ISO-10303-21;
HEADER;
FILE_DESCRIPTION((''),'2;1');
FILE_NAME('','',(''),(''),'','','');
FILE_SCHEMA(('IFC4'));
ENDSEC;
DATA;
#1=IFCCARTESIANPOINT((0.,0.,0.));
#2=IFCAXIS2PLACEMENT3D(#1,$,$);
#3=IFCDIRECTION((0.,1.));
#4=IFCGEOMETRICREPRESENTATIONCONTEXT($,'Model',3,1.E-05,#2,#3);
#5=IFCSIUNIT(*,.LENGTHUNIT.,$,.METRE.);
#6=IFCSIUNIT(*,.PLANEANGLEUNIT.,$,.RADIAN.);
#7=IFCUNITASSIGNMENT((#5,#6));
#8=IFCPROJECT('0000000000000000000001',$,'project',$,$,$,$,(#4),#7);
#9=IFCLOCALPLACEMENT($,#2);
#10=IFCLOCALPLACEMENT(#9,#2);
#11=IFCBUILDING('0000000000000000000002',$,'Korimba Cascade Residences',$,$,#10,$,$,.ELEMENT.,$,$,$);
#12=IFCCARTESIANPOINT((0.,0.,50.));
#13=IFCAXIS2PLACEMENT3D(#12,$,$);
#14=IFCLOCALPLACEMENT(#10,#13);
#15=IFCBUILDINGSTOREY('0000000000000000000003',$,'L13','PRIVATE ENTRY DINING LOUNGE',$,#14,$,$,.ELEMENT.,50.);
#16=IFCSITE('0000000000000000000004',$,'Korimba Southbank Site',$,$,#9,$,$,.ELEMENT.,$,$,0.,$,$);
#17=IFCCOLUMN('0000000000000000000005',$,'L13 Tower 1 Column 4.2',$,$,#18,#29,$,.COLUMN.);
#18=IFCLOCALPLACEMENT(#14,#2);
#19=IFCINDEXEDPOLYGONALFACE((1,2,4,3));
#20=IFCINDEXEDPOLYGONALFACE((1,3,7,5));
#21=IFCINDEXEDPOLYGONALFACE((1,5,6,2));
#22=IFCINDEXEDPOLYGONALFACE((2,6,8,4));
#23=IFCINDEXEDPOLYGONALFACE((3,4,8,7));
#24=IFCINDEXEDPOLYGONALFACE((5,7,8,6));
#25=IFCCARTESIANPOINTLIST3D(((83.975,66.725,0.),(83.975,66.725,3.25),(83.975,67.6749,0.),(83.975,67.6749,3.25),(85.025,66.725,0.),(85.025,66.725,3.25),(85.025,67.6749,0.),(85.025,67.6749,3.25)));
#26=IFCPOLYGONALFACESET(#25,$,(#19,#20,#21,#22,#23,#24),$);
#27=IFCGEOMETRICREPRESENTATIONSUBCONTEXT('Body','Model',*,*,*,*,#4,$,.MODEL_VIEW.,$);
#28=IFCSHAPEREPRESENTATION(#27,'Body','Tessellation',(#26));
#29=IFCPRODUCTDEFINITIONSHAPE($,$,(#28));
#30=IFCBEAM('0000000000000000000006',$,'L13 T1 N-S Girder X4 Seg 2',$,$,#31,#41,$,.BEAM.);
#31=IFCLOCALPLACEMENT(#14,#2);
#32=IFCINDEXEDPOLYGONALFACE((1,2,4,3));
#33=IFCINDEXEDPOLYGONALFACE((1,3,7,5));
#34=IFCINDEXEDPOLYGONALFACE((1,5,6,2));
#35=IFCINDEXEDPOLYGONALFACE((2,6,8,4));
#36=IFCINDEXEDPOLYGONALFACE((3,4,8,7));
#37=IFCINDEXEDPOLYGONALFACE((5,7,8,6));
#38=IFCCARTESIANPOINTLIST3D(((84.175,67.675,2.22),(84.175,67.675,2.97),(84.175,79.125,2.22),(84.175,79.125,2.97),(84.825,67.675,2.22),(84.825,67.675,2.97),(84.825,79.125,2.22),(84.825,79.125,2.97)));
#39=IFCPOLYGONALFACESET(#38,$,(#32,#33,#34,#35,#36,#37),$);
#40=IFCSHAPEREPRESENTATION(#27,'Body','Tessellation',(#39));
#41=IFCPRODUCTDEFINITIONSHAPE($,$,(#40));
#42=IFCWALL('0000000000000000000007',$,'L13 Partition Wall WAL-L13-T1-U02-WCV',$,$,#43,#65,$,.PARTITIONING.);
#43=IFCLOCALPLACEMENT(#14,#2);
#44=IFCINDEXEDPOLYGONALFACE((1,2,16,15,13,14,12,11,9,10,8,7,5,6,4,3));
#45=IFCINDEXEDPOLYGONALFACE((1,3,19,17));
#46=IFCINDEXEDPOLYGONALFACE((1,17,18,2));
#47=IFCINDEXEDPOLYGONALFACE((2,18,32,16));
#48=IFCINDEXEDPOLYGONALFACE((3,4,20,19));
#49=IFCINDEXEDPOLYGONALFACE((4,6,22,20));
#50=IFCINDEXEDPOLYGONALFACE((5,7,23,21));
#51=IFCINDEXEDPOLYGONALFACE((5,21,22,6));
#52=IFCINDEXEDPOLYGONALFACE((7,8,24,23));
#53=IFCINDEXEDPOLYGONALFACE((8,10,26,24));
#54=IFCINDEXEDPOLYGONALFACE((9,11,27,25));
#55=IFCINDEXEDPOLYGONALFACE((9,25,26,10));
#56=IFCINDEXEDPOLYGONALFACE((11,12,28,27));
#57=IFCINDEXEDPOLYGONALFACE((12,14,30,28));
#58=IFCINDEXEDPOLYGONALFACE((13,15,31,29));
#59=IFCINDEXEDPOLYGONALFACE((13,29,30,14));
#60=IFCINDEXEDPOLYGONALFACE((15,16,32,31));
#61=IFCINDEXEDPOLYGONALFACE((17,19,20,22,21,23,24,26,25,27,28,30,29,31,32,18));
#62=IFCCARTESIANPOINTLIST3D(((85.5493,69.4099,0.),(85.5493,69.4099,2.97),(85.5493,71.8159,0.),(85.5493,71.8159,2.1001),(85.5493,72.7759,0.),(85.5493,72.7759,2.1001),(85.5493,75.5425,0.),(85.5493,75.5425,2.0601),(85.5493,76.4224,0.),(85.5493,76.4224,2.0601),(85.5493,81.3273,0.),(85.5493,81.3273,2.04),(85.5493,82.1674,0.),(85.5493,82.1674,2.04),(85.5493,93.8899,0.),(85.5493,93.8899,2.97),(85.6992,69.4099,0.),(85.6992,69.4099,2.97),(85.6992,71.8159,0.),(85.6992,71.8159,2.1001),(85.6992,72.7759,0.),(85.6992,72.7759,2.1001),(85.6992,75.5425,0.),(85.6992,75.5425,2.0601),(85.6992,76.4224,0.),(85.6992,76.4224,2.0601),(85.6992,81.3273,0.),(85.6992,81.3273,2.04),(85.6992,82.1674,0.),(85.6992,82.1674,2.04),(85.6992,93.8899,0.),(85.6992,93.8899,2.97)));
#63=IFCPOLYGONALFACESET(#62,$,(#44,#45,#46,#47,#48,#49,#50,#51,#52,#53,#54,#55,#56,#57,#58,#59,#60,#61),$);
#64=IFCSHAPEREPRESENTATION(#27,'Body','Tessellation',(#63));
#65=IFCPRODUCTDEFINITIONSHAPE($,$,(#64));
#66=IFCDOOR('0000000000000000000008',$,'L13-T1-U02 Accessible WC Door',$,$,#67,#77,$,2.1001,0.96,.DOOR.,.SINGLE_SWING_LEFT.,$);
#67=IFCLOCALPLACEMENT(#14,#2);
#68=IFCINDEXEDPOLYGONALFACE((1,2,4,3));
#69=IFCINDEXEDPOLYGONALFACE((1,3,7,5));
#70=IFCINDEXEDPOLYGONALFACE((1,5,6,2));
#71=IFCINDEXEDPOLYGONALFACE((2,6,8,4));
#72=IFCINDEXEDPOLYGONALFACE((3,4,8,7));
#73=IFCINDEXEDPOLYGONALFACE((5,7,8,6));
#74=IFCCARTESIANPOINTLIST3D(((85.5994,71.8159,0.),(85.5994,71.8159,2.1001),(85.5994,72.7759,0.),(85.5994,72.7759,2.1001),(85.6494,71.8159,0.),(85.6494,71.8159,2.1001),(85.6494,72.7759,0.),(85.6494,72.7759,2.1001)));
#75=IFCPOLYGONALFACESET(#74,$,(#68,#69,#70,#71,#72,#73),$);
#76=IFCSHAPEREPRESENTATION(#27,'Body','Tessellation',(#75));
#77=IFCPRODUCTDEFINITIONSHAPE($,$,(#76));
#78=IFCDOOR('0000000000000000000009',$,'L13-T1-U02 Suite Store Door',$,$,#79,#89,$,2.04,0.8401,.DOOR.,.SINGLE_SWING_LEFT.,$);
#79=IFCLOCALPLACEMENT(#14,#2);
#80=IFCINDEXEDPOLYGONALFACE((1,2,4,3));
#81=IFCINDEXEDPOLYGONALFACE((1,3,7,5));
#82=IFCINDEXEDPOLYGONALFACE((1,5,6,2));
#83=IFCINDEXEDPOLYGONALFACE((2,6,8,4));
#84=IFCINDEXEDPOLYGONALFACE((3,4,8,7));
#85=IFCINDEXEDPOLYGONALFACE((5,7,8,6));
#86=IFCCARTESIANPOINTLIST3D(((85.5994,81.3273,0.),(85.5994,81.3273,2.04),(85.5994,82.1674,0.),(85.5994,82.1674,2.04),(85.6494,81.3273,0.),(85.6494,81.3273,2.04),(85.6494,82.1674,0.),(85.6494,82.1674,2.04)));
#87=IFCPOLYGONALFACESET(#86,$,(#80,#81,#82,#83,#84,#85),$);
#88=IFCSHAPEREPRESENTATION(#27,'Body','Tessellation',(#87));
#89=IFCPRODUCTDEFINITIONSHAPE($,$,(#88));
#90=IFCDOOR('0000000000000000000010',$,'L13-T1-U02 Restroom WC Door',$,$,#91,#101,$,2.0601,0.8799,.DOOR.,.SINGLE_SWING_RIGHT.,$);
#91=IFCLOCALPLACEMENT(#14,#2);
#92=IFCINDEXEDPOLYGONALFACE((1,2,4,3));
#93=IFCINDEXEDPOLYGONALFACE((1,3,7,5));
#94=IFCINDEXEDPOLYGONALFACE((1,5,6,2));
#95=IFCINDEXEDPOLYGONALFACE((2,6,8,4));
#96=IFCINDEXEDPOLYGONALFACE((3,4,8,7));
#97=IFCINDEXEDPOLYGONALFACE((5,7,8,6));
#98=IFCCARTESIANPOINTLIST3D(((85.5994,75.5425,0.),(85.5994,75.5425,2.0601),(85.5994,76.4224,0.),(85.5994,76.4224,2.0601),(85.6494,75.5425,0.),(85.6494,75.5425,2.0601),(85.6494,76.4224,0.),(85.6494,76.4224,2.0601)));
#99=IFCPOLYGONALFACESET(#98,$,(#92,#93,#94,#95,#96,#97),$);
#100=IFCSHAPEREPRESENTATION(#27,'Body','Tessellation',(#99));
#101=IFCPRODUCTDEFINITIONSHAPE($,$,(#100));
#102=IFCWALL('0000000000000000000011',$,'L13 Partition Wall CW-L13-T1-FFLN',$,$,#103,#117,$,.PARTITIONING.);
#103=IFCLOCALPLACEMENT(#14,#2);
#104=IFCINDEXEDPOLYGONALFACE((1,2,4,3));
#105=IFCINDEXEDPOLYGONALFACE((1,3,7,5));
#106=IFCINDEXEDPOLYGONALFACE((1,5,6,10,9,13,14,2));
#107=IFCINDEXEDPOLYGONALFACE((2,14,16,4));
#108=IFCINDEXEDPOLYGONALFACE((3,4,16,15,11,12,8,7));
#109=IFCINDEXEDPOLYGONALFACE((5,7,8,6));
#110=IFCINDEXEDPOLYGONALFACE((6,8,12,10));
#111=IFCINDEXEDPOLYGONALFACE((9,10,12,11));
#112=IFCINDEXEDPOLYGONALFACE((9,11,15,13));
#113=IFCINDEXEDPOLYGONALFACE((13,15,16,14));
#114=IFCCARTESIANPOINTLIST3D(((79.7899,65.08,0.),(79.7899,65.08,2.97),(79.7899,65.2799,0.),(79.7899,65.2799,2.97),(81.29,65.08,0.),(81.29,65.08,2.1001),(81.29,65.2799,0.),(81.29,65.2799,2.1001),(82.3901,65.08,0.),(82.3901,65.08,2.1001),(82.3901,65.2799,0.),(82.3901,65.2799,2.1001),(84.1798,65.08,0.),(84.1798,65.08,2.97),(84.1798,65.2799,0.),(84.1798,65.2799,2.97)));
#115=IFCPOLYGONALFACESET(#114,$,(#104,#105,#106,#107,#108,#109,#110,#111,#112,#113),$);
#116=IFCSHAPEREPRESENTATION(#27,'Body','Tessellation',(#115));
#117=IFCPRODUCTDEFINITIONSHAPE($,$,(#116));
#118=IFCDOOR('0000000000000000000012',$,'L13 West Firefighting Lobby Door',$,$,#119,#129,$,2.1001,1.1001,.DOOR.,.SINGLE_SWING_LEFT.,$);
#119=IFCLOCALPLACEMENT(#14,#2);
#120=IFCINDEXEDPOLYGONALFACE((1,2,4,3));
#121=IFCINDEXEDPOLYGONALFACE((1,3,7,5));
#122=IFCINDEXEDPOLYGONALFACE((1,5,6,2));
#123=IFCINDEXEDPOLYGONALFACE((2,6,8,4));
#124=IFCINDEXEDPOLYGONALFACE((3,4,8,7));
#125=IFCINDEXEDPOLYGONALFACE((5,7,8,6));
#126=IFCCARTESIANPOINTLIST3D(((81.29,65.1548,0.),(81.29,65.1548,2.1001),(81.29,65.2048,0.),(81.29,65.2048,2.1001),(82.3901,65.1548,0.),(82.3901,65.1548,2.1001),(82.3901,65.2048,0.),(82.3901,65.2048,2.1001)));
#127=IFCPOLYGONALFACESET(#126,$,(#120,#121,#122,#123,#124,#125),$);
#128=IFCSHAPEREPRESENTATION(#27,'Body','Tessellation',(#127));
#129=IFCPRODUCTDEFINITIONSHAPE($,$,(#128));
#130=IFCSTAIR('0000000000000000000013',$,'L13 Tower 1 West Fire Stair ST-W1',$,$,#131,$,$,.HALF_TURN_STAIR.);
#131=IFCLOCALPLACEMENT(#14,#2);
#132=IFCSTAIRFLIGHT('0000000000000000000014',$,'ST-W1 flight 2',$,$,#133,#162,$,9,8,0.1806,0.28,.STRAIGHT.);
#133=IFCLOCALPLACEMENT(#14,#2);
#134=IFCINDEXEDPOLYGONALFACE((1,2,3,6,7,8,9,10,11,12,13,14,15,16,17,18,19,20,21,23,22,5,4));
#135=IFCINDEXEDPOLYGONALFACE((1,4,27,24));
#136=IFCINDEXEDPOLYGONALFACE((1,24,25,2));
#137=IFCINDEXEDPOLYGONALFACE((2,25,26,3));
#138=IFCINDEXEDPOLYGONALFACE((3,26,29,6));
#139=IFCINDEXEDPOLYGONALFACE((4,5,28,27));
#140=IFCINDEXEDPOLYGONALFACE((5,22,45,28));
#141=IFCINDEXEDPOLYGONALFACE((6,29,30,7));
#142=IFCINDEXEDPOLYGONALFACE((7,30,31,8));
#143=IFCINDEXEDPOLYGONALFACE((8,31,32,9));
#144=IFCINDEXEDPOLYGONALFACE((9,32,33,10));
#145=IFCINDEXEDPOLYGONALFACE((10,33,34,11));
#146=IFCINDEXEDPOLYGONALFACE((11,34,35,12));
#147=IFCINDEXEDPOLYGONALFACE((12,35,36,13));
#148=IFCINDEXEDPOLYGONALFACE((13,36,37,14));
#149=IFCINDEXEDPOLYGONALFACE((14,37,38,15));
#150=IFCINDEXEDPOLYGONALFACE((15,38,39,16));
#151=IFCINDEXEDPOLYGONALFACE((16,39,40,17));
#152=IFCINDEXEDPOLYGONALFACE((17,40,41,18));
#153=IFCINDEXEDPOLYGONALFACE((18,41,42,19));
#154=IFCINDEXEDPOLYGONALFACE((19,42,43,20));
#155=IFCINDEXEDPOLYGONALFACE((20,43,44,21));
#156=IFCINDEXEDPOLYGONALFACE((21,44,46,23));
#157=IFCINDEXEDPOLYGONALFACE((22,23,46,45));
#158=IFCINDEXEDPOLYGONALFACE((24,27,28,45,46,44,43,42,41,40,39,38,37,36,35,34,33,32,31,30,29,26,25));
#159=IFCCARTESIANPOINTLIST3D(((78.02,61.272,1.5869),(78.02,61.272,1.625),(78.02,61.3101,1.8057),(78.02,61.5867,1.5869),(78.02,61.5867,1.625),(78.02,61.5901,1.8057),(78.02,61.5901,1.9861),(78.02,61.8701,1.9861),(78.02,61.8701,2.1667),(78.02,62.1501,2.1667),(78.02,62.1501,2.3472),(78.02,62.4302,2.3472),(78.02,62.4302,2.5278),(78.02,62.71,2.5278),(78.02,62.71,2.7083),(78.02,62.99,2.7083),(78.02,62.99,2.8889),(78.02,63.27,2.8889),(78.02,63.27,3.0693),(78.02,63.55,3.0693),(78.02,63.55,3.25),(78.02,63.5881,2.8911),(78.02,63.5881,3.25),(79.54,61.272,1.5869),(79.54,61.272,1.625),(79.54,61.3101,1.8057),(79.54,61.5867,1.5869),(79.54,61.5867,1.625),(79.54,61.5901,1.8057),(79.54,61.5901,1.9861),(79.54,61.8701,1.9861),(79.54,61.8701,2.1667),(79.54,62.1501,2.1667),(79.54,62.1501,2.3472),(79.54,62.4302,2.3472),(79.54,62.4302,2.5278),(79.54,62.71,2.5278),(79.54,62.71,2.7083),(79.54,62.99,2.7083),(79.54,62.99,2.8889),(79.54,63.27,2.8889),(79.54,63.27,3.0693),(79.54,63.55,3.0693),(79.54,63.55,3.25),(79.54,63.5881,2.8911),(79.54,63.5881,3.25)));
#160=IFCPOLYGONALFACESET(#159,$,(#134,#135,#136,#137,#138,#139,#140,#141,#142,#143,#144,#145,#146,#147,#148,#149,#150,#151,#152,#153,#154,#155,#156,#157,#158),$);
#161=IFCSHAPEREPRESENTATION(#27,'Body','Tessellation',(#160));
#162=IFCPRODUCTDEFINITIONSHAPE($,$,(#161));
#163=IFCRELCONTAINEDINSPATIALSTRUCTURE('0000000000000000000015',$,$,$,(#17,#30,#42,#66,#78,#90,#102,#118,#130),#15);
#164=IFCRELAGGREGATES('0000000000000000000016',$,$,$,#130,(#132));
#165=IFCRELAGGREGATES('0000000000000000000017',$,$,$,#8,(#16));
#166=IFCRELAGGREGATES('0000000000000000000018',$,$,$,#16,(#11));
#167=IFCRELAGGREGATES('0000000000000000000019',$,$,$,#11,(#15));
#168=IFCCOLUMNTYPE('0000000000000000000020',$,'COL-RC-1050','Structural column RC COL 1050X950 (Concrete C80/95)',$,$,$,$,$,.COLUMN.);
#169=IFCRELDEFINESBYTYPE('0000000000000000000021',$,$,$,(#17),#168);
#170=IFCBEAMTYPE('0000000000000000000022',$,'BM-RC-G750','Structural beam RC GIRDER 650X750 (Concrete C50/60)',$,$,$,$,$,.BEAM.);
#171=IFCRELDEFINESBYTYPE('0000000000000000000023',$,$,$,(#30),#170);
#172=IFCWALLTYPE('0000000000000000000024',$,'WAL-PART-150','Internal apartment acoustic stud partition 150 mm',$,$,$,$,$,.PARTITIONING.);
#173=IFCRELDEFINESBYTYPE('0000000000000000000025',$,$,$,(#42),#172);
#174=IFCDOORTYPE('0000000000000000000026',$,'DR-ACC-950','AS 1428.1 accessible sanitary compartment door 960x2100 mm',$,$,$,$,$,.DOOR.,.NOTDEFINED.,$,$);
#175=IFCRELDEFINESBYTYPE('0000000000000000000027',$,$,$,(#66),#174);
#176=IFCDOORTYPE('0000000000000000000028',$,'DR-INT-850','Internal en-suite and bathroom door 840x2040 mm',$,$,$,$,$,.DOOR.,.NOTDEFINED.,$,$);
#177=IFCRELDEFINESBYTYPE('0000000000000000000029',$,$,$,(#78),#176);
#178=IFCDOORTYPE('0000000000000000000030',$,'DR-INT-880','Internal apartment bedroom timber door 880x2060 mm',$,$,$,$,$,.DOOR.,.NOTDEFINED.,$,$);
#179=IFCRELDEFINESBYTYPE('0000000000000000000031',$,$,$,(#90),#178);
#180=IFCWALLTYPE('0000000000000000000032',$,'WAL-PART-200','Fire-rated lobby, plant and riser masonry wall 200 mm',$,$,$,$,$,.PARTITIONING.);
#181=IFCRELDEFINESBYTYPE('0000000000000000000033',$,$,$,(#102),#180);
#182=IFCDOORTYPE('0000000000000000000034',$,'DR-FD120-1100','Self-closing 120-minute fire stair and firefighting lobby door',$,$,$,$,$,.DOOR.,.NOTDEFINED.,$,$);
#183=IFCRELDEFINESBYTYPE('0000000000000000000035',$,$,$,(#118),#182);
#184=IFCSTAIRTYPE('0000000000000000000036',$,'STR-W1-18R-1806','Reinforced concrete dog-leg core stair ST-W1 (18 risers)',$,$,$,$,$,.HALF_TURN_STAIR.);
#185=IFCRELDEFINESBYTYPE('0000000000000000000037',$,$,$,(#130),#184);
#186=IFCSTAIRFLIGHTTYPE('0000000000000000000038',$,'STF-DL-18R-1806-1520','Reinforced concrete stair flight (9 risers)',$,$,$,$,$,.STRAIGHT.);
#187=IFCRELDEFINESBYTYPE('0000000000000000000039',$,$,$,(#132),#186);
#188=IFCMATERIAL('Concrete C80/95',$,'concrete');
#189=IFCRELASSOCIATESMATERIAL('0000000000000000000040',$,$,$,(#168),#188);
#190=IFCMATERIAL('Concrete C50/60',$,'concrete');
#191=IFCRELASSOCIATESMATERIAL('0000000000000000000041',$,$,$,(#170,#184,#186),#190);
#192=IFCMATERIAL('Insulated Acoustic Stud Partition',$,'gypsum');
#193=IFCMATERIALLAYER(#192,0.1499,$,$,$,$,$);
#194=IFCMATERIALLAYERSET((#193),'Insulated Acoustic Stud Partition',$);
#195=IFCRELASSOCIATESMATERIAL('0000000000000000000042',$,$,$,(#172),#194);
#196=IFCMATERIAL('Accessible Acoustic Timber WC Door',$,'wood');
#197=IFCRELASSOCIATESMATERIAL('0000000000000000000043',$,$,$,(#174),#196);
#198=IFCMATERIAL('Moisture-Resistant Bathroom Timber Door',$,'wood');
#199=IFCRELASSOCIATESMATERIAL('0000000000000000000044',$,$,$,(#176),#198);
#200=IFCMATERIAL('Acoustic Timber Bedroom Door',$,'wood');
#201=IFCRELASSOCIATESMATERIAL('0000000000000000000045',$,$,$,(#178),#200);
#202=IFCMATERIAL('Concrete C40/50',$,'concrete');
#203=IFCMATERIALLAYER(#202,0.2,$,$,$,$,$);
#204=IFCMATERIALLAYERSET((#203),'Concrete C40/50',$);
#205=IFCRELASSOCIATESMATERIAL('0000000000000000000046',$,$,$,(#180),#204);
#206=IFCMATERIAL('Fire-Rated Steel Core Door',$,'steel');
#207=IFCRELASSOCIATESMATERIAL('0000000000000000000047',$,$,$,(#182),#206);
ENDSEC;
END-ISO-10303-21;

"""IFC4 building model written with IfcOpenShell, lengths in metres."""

from ifc_helpers import new_model, si_unit, direction, frame, frame_2d, origin, origin_2d, place, context, subcontext, project, spatial, polyline, rectangle, outline, extrude, material, layer, layer_set, material_profile, profile_set, type_object, element, fill, aggregate, save


model = new_model("IFC4")

# Units and contexts
model_context = context("Model", 3, precision=1e-05, world=origin(), true_north=direction((0.0, 1.0)))
body_context = subcontext(model_context, "Body", "Model", "MODEL_VIEW")
ifc_project = project(units=[si_unit("LENGTHUNIT", "METRE"), si_unit("PLANEANGLEUNIT", "RADIAN")], contexts=[model_context])

# Site, building, storey
site_placement = place(None, origin())
site = spatial("IfcSite", under=ifc_project, at=site_placement, Name="Korimba Southbank Site", CompositionType="ELEMENT", RefElevation=0.0)
building_placement = place(site_placement, origin())
building = spatial("IfcBuilding", under=site, at=building_placement, Name="Korimba Cascade Residences", CompositionType="ELEMENT")
storey_placement = place(building_placement, frame((0.0, 0.0, 50.0)))
storey = spatial("IfcBuildingStorey", under=building, at=storey_placement, Name="L13", Description="PRIVATE ENTRY DINING LOUNGE", CompositionType="ELEMENT", Elevation=50.0)

# Column
ifc_material_1 = material(Name="Concrete C80/95", Category="concrete")
ifc_material_profile_1 = material_profile(ifc_material_1, rectangle(XDim=1.05, YDim=0.95, at=origin_2d()), Name="Concrete C80/95")
ifc_profile_set_1 = profile_set([ifc_material_profile_1], Name="Concrete C80/95")
column_type = type_object("IfcColumnType", Name="COL-RC-1050", Description="Structural column RC COL 1050X950 (Concrete C80/95)", PredefinedType="COLUMN", material=ifc_profile_set_1)
column_placement = place(storey_placement, frame((84.5, 67.2, 0.0), z_axis=(0.0, 0.0, 1.0), x_axis=(1.0, 0.0, 0.0)))
element("IfcColumn", 1, at=column_placement, inside=storey, type_object=column_type, Name="L13 Tower 1 Column 4.2", PredefinedType="COLUMN", context=body_context, shape_type="SweptSolid", body=[
    extrude(rectangle(XDim=1.05, YDim=0.95, at=origin_2d()), origin(), (0.0, 0.0, 1.0), 3.25),
])

# Beam
ifc_material_2 = material(Name="Concrete C50/60", Category="concrete")
ifc_material_profile_2 = material_profile(ifc_material_2, rectangle(XDim=0.6499, YDim=0.75, at=origin_2d()), Name="Concrete C50/60")
ifc_profile_set_2 = profile_set([ifc_material_profile_2], Name="Concrete C50/60")
beam_type = type_object("IfcBeamType", Name="BM-RC-G750", Description="Structural beam RC GIRDER 650X750 (Concrete C50/60)", PredefinedType="BEAM", material=ifc_profile_set_2)
beam_placement = place(storey_placement, frame((84.5, 67.675, 2.595), z_axis=(0.0, 1.0, 0.0), x_axis=(-1.0, 0.0, 0.0)))
element("IfcBeam", 2, at=beam_placement, inside=storey, type_object=beam_type, Name="L13 T1 N-S Girder X4 Seg 2", PredefinedType="BEAM", context=body_context, shape_type="SweptSolid", body=[
    extrude(rectangle(XDim=0.6499, YDim=0.75, at=origin_2d()), origin(), (0.0, 0.0, 1.0), 11.45),
])

# Wall, openings, doors
ifc_material_3 = material(Name="Insulated Acoustic Stud Partition", Category="gypsum")
ifc_layer_1 = layer(ifc_material_3, 0.1499)
ifc_layer_set_1 = layer_set([ifc_layer_1], Name="Insulated Acoustic Stud Partition")
wall_type_1 = type_object("IfcWallType", Name="WAL-PART-150", Description="Internal apartment acoustic stud partition 150 mm", PredefinedType="PARTITIONING", material=ifc_layer_set_1)
wall_1_placement = place(storey_placement, frame((85.6243, 69.4099, 0.0), z_axis=(0.0, 0.0, 1.0), x_axis=(0.0, 1.0, 0.0)))
wall_1 = element("IfcWall", 3, at=wall_1_placement, inside=storey, type_object=wall_type_1, Name="L13 Partition Wall WAL-L13-T1-U02-WCV", PredefinedType="PARTITIONING", context=body_context, shape_type="SweptSolid", body=[
    extrude(rectangle(XDim=24.48, YDim=0.1499, at=frame_2d((12.24, 0.0))), origin(), (0.0, 0.0, 1.0), 2.97),
])
opening_1_placement = place(wall_1_placement, frame((2.406, 0.0, 0.0)))
opening_1 = element("IfcOpeningElement", 4, at=opening_1_placement, cuts=wall_1, PredefinedType="OPENING", context=body_context, shape_type="SweptSolid", body=[
    extrude(rectangle(XDim=0.96, YDim=2.1001, at=frame_2d((0.48, 1.05))), frame((0.0, 0.085, 0.0), z_axis=(0.0, -1.0, 0.0), x_axis=(1.0, 0.0, 0.0)), (0.0, 0.0, 1.0), 0.1699),
])
opening_2_placement = place(wall_1_placement, frame((6.1326, 0.0, 0.0)))
opening_2 = element("IfcOpeningElement", 5, at=opening_2_placement, cuts=wall_1, PredefinedType="OPENING", context=body_context, shape_type="SweptSolid", body=[
    extrude(rectangle(XDim=0.8799, YDim=2.0601, at=frame_2d((0.4399, 1.03))), frame((0.0, 0.085, 0.0), z_axis=(0.0, -1.0, 0.0), x_axis=(1.0, 0.0, 0.0)), (0.0, 0.0, 1.0), 0.1699),
])
opening_3_placement = place(wall_1_placement, frame((11.9175, 0.0, 0.0)))
opening_3 = element("IfcOpeningElement", 6, at=opening_3_placement, cuts=wall_1, PredefinedType="OPENING", context=body_context, shape_type="SweptSolid", body=[
    extrude(rectangle(XDim=0.8401, YDim=2.04, at=frame_2d((0.4199, 1.02))), frame((0.0, 0.085, 0.0), z_axis=(0.0, -1.0, 0.0), x_axis=(1.0, 0.0, 0.0)), (0.0, 0.0, 1.0), 0.1699),
])
ifc_material_4 = material(Name="Accessible Acoustic Timber WC Door", Category="wood")
door_type_1 = type_object("IfcDoorType", Name="DR-ACC-950", Description="AS 1428.1 accessible sanitary compartment door 960x2100 mm", OperationType="NOTDEFINED", PredefinedType="DOOR", material=ifc_material_4)
door_1_placement = place(opening_1_placement, origin())
door_1 = element("IfcDoor", 7, at=door_1_placement, inside=storey, type_object=door_type_1, Name="L13-T1-U02 Accessible WC Door", OperationType="SINGLE_SWING_LEFT", OverallHeight=2.1001, OverallWidth=0.96, PredefinedType="DOOR", context=body_context, shape_type="SweptSolid", body=[
    extrude(rectangle(XDim=0.96, YDim=2.1001, at=frame_2d((0.48, 1.05))), frame((0.0, 0.0249, 0.0), z_axis=(0.0, -1.0, 0.0), x_axis=(1.0, 0.0, 0.0)), (0.0, 0.0, 1.0), 0.05),
])
fill(opening_1, door_1)
ifc_material_5 = material(Name="Moisture-Resistant Bathroom Timber Door", Category="wood")
door_type_2 = type_object("IfcDoorType", Name="DR-INT-850", Description="Internal en-suite and bathroom door 840x2040 mm", OperationType="NOTDEFINED", PredefinedType="DOOR", material=ifc_material_5)
door_2_placement = place(opening_3_placement, origin())
door_2 = element("IfcDoor", 8, at=door_2_placement, inside=storey, type_object=door_type_2, Name="L13-T1-U02 Suite Store Door", OperationType="SINGLE_SWING_LEFT", OverallHeight=2.04, OverallWidth=0.8401, PredefinedType="DOOR", context=body_context, shape_type="SweptSolid", body=[
    extrude(rectangle(XDim=0.8401, YDim=2.04, at=frame_2d((0.4199, 1.02))), frame((0.0, 0.0249, 0.0), z_axis=(0.0, -1.0, 0.0), x_axis=(1.0, 0.0, 0.0)), (0.0, 0.0, 1.0), 0.05),
])
fill(opening_3, door_2)
ifc_material_6 = material(Name="Acoustic Timber Bedroom Door", Category="wood")
door_type_3 = type_object("IfcDoorType", Name="DR-INT-880", Description="Internal apartment bedroom timber door 880x2060 mm", OperationType="NOTDEFINED", PredefinedType="DOOR", material=ifc_material_6)
door_3_placement = place(opening_2_placement, origin())
door_3 = element("IfcDoor", 9, at=door_3_placement, inside=storey, type_object=door_type_3, Name="L13-T1-U02 Restroom WC Door", OperationType="SINGLE_SWING_RIGHT", OverallHeight=2.0601, OverallWidth=0.8799, PredefinedType="DOOR", context=body_context, shape_type="SweptSolid", body=[
    extrude(rectangle(XDim=0.8799, YDim=2.0601, at=frame_2d((0.4399, 1.03))), frame((0.0, 0.0249, 0.0), z_axis=(0.0, -1.0, 0.0), x_axis=(1.0, 0.0, 0.0)), (0.0, 0.0, 1.0), 0.05),
])
fill(opening_2, door_3)

# Wall, opening, door
ifc_material_7 = material(Name="Concrete C40/50", Category="concrete")
ifc_layer_2 = layer(ifc_material_7, 0.2)
ifc_layer_set_2 = layer_set([ifc_layer_2], Name="Concrete C40/50")
wall_type_2 = type_object("IfcWallType", Name="WAL-PART-200", Description="Fire-rated lobby, plant and riser masonry wall 200 mm", PredefinedType="PARTITIONING", material=ifc_layer_set_2)
wall_2_placement = place(storey_placement, frame((79.79, 65.1799, 0.0), z_axis=(0.0, 0.0, 1.0), x_axis=(1.0, 0.0, 0.0)))
wall_2 = element("IfcWall", 10, at=wall_2_placement, inside=storey, type_object=wall_type_2, Name="L13 Partition Wall CW-L13-T1-FFLN", PredefinedType="PARTITIONING", context=body_context, shape_type="SweptSolid", body=[
    extrude(rectangle(XDim=4.3899, YDim=0.2, at=frame_2d((2.1948, 0.0))), origin(), (0.0, 0.0, 1.0), 2.97),
])
opening_4_placement = place(wall_2_placement, frame((1.5, 0.0, 0.0)))
opening_4 = element("IfcOpeningElement", 11, at=opening_4_placement, cuts=wall_2, PredefinedType="OPENING", context=body_context, shape_type="SweptSolid", body=[
    extrude(rectangle(XDim=1.1001, YDim=2.1001, at=frame_2d((0.55, 1.05))), frame((0.0, 0.1099, 0.0), z_axis=(0.0, -1.0, 0.0), x_axis=(1.0, 0.0, 0.0)), (0.0, 0.0, 1.0), 0.22),
])
ifc_material_8 = material(Name="Fire-Rated Steel Core Door", Category="steel")
door_type_4 = type_object("IfcDoorType", Name="DR-FD120-1100", Description="Self-closing 120-minute fire stair and firefighting lobby door", OperationType="NOTDEFINED", PredefinedType="DOOR", material=ifc_material_8)
door_4_placement = place(opening_4_placement, origin())
door_4 = element("IfcDoor", 12, at=door_4_placement, inside=storey, type_object=door_type_4, Name="L13 West Firefighting Lobby Door", OperationType="SINGLE_SWING_LEFT", OverallHeight=2.1001, OverallWidth=1.1001, PredefinedType="DOOR", context=body_context, shape_type="SweptSolid", body=[
    extrude(rectangle(XDim=1.1001, YDim=2.1001, at=frame_2d((0.55, 1.05))), frame((0.0, 0.0249, 0.0), z_axis=(0.0, -1.0, 0.0), x_axis=(1.0, 0.0, 0.0)), (0.0, 0.0, 1.0), 0.05),
])
fill(opening_4, door_4)

# Stair, stair flight
stair_type = type_object("IfcStairType", Name="STR-W1-18R-1806", Description="Reinforced concrete dog-leg core stair ST-W1 (18 risers)", PredefinedType="HALF_TURN_STAIR", material=ifc_material_2)
stair_placement = place(storey_placement, origin())
stair = element("IfcStair", 13, at=stair_placement, inside=storey, type_object=stair_type, Name="L13 Tower 1 West Fire Stair ST-W1", PredefinedType="HALF_TURN_STAIR")
stair_flight_type = type_object("IfcStairFlightType", Name="STF-DL-18R-1806-1520", Description="Reinforced concrete stair flight (9 risers)", PredefinedType="STRAIGHT", material=ifc_material_2)
stair_flight_placement = place(storey_placement, frame((78.78, 61.3101, 1.625), z_axis=(0.0, 0.0, 1.0), x_axis=(0.0, 1.0, 0.0)))
stair_flight = element("IfcStairFlight", 14, at=stair_flight_placement, type_object=stair_flight_type, Name="ST-W1 flight 2", NumberOfRisers=9, NumberOfTreads=8, PredefinedType="STRAIGHT", RiserHeight=0.1806, TreadLength=0.28, context=body_context, shape_type="SweptSolid", body=[
    extrude(outline(polyline([(-0.0381, 0.0), (0.0, 0.1807), (0.28, 0.1807), (0.28, 0.3611), (0.5601, 0.3611), (0.5601, 0.5417), (0.8401, 0.5417), (0.8401, 0.7222), (1.1201, 0.7222), (1.1201, 0.9028), (1.3999, 0.9028), (1.3999, 1.0833), (1.6799, 1.0833), (1.6799, 1.2639), (1.96, 1.2639), (1.96, 1.4443), (2.24, 1.4443), (2.24, 1.625), (2.2781, 1.625), (2.2781, 1.2661), (0.2766, 0.0), (0.2766, -0.0381), (-0.0381, -0.0381), (-0.0381, 0.0)])), frame((0.0, 0.76, 0.0), z_axis=(0.0, -1.0, 0.0), x_axis=(1.0, 0.0, 0.0)), (0.0, 0.0, 1.0), 1.52),
])
aggregate(stair, [stair_flight])

save(model, "model.ifc")
